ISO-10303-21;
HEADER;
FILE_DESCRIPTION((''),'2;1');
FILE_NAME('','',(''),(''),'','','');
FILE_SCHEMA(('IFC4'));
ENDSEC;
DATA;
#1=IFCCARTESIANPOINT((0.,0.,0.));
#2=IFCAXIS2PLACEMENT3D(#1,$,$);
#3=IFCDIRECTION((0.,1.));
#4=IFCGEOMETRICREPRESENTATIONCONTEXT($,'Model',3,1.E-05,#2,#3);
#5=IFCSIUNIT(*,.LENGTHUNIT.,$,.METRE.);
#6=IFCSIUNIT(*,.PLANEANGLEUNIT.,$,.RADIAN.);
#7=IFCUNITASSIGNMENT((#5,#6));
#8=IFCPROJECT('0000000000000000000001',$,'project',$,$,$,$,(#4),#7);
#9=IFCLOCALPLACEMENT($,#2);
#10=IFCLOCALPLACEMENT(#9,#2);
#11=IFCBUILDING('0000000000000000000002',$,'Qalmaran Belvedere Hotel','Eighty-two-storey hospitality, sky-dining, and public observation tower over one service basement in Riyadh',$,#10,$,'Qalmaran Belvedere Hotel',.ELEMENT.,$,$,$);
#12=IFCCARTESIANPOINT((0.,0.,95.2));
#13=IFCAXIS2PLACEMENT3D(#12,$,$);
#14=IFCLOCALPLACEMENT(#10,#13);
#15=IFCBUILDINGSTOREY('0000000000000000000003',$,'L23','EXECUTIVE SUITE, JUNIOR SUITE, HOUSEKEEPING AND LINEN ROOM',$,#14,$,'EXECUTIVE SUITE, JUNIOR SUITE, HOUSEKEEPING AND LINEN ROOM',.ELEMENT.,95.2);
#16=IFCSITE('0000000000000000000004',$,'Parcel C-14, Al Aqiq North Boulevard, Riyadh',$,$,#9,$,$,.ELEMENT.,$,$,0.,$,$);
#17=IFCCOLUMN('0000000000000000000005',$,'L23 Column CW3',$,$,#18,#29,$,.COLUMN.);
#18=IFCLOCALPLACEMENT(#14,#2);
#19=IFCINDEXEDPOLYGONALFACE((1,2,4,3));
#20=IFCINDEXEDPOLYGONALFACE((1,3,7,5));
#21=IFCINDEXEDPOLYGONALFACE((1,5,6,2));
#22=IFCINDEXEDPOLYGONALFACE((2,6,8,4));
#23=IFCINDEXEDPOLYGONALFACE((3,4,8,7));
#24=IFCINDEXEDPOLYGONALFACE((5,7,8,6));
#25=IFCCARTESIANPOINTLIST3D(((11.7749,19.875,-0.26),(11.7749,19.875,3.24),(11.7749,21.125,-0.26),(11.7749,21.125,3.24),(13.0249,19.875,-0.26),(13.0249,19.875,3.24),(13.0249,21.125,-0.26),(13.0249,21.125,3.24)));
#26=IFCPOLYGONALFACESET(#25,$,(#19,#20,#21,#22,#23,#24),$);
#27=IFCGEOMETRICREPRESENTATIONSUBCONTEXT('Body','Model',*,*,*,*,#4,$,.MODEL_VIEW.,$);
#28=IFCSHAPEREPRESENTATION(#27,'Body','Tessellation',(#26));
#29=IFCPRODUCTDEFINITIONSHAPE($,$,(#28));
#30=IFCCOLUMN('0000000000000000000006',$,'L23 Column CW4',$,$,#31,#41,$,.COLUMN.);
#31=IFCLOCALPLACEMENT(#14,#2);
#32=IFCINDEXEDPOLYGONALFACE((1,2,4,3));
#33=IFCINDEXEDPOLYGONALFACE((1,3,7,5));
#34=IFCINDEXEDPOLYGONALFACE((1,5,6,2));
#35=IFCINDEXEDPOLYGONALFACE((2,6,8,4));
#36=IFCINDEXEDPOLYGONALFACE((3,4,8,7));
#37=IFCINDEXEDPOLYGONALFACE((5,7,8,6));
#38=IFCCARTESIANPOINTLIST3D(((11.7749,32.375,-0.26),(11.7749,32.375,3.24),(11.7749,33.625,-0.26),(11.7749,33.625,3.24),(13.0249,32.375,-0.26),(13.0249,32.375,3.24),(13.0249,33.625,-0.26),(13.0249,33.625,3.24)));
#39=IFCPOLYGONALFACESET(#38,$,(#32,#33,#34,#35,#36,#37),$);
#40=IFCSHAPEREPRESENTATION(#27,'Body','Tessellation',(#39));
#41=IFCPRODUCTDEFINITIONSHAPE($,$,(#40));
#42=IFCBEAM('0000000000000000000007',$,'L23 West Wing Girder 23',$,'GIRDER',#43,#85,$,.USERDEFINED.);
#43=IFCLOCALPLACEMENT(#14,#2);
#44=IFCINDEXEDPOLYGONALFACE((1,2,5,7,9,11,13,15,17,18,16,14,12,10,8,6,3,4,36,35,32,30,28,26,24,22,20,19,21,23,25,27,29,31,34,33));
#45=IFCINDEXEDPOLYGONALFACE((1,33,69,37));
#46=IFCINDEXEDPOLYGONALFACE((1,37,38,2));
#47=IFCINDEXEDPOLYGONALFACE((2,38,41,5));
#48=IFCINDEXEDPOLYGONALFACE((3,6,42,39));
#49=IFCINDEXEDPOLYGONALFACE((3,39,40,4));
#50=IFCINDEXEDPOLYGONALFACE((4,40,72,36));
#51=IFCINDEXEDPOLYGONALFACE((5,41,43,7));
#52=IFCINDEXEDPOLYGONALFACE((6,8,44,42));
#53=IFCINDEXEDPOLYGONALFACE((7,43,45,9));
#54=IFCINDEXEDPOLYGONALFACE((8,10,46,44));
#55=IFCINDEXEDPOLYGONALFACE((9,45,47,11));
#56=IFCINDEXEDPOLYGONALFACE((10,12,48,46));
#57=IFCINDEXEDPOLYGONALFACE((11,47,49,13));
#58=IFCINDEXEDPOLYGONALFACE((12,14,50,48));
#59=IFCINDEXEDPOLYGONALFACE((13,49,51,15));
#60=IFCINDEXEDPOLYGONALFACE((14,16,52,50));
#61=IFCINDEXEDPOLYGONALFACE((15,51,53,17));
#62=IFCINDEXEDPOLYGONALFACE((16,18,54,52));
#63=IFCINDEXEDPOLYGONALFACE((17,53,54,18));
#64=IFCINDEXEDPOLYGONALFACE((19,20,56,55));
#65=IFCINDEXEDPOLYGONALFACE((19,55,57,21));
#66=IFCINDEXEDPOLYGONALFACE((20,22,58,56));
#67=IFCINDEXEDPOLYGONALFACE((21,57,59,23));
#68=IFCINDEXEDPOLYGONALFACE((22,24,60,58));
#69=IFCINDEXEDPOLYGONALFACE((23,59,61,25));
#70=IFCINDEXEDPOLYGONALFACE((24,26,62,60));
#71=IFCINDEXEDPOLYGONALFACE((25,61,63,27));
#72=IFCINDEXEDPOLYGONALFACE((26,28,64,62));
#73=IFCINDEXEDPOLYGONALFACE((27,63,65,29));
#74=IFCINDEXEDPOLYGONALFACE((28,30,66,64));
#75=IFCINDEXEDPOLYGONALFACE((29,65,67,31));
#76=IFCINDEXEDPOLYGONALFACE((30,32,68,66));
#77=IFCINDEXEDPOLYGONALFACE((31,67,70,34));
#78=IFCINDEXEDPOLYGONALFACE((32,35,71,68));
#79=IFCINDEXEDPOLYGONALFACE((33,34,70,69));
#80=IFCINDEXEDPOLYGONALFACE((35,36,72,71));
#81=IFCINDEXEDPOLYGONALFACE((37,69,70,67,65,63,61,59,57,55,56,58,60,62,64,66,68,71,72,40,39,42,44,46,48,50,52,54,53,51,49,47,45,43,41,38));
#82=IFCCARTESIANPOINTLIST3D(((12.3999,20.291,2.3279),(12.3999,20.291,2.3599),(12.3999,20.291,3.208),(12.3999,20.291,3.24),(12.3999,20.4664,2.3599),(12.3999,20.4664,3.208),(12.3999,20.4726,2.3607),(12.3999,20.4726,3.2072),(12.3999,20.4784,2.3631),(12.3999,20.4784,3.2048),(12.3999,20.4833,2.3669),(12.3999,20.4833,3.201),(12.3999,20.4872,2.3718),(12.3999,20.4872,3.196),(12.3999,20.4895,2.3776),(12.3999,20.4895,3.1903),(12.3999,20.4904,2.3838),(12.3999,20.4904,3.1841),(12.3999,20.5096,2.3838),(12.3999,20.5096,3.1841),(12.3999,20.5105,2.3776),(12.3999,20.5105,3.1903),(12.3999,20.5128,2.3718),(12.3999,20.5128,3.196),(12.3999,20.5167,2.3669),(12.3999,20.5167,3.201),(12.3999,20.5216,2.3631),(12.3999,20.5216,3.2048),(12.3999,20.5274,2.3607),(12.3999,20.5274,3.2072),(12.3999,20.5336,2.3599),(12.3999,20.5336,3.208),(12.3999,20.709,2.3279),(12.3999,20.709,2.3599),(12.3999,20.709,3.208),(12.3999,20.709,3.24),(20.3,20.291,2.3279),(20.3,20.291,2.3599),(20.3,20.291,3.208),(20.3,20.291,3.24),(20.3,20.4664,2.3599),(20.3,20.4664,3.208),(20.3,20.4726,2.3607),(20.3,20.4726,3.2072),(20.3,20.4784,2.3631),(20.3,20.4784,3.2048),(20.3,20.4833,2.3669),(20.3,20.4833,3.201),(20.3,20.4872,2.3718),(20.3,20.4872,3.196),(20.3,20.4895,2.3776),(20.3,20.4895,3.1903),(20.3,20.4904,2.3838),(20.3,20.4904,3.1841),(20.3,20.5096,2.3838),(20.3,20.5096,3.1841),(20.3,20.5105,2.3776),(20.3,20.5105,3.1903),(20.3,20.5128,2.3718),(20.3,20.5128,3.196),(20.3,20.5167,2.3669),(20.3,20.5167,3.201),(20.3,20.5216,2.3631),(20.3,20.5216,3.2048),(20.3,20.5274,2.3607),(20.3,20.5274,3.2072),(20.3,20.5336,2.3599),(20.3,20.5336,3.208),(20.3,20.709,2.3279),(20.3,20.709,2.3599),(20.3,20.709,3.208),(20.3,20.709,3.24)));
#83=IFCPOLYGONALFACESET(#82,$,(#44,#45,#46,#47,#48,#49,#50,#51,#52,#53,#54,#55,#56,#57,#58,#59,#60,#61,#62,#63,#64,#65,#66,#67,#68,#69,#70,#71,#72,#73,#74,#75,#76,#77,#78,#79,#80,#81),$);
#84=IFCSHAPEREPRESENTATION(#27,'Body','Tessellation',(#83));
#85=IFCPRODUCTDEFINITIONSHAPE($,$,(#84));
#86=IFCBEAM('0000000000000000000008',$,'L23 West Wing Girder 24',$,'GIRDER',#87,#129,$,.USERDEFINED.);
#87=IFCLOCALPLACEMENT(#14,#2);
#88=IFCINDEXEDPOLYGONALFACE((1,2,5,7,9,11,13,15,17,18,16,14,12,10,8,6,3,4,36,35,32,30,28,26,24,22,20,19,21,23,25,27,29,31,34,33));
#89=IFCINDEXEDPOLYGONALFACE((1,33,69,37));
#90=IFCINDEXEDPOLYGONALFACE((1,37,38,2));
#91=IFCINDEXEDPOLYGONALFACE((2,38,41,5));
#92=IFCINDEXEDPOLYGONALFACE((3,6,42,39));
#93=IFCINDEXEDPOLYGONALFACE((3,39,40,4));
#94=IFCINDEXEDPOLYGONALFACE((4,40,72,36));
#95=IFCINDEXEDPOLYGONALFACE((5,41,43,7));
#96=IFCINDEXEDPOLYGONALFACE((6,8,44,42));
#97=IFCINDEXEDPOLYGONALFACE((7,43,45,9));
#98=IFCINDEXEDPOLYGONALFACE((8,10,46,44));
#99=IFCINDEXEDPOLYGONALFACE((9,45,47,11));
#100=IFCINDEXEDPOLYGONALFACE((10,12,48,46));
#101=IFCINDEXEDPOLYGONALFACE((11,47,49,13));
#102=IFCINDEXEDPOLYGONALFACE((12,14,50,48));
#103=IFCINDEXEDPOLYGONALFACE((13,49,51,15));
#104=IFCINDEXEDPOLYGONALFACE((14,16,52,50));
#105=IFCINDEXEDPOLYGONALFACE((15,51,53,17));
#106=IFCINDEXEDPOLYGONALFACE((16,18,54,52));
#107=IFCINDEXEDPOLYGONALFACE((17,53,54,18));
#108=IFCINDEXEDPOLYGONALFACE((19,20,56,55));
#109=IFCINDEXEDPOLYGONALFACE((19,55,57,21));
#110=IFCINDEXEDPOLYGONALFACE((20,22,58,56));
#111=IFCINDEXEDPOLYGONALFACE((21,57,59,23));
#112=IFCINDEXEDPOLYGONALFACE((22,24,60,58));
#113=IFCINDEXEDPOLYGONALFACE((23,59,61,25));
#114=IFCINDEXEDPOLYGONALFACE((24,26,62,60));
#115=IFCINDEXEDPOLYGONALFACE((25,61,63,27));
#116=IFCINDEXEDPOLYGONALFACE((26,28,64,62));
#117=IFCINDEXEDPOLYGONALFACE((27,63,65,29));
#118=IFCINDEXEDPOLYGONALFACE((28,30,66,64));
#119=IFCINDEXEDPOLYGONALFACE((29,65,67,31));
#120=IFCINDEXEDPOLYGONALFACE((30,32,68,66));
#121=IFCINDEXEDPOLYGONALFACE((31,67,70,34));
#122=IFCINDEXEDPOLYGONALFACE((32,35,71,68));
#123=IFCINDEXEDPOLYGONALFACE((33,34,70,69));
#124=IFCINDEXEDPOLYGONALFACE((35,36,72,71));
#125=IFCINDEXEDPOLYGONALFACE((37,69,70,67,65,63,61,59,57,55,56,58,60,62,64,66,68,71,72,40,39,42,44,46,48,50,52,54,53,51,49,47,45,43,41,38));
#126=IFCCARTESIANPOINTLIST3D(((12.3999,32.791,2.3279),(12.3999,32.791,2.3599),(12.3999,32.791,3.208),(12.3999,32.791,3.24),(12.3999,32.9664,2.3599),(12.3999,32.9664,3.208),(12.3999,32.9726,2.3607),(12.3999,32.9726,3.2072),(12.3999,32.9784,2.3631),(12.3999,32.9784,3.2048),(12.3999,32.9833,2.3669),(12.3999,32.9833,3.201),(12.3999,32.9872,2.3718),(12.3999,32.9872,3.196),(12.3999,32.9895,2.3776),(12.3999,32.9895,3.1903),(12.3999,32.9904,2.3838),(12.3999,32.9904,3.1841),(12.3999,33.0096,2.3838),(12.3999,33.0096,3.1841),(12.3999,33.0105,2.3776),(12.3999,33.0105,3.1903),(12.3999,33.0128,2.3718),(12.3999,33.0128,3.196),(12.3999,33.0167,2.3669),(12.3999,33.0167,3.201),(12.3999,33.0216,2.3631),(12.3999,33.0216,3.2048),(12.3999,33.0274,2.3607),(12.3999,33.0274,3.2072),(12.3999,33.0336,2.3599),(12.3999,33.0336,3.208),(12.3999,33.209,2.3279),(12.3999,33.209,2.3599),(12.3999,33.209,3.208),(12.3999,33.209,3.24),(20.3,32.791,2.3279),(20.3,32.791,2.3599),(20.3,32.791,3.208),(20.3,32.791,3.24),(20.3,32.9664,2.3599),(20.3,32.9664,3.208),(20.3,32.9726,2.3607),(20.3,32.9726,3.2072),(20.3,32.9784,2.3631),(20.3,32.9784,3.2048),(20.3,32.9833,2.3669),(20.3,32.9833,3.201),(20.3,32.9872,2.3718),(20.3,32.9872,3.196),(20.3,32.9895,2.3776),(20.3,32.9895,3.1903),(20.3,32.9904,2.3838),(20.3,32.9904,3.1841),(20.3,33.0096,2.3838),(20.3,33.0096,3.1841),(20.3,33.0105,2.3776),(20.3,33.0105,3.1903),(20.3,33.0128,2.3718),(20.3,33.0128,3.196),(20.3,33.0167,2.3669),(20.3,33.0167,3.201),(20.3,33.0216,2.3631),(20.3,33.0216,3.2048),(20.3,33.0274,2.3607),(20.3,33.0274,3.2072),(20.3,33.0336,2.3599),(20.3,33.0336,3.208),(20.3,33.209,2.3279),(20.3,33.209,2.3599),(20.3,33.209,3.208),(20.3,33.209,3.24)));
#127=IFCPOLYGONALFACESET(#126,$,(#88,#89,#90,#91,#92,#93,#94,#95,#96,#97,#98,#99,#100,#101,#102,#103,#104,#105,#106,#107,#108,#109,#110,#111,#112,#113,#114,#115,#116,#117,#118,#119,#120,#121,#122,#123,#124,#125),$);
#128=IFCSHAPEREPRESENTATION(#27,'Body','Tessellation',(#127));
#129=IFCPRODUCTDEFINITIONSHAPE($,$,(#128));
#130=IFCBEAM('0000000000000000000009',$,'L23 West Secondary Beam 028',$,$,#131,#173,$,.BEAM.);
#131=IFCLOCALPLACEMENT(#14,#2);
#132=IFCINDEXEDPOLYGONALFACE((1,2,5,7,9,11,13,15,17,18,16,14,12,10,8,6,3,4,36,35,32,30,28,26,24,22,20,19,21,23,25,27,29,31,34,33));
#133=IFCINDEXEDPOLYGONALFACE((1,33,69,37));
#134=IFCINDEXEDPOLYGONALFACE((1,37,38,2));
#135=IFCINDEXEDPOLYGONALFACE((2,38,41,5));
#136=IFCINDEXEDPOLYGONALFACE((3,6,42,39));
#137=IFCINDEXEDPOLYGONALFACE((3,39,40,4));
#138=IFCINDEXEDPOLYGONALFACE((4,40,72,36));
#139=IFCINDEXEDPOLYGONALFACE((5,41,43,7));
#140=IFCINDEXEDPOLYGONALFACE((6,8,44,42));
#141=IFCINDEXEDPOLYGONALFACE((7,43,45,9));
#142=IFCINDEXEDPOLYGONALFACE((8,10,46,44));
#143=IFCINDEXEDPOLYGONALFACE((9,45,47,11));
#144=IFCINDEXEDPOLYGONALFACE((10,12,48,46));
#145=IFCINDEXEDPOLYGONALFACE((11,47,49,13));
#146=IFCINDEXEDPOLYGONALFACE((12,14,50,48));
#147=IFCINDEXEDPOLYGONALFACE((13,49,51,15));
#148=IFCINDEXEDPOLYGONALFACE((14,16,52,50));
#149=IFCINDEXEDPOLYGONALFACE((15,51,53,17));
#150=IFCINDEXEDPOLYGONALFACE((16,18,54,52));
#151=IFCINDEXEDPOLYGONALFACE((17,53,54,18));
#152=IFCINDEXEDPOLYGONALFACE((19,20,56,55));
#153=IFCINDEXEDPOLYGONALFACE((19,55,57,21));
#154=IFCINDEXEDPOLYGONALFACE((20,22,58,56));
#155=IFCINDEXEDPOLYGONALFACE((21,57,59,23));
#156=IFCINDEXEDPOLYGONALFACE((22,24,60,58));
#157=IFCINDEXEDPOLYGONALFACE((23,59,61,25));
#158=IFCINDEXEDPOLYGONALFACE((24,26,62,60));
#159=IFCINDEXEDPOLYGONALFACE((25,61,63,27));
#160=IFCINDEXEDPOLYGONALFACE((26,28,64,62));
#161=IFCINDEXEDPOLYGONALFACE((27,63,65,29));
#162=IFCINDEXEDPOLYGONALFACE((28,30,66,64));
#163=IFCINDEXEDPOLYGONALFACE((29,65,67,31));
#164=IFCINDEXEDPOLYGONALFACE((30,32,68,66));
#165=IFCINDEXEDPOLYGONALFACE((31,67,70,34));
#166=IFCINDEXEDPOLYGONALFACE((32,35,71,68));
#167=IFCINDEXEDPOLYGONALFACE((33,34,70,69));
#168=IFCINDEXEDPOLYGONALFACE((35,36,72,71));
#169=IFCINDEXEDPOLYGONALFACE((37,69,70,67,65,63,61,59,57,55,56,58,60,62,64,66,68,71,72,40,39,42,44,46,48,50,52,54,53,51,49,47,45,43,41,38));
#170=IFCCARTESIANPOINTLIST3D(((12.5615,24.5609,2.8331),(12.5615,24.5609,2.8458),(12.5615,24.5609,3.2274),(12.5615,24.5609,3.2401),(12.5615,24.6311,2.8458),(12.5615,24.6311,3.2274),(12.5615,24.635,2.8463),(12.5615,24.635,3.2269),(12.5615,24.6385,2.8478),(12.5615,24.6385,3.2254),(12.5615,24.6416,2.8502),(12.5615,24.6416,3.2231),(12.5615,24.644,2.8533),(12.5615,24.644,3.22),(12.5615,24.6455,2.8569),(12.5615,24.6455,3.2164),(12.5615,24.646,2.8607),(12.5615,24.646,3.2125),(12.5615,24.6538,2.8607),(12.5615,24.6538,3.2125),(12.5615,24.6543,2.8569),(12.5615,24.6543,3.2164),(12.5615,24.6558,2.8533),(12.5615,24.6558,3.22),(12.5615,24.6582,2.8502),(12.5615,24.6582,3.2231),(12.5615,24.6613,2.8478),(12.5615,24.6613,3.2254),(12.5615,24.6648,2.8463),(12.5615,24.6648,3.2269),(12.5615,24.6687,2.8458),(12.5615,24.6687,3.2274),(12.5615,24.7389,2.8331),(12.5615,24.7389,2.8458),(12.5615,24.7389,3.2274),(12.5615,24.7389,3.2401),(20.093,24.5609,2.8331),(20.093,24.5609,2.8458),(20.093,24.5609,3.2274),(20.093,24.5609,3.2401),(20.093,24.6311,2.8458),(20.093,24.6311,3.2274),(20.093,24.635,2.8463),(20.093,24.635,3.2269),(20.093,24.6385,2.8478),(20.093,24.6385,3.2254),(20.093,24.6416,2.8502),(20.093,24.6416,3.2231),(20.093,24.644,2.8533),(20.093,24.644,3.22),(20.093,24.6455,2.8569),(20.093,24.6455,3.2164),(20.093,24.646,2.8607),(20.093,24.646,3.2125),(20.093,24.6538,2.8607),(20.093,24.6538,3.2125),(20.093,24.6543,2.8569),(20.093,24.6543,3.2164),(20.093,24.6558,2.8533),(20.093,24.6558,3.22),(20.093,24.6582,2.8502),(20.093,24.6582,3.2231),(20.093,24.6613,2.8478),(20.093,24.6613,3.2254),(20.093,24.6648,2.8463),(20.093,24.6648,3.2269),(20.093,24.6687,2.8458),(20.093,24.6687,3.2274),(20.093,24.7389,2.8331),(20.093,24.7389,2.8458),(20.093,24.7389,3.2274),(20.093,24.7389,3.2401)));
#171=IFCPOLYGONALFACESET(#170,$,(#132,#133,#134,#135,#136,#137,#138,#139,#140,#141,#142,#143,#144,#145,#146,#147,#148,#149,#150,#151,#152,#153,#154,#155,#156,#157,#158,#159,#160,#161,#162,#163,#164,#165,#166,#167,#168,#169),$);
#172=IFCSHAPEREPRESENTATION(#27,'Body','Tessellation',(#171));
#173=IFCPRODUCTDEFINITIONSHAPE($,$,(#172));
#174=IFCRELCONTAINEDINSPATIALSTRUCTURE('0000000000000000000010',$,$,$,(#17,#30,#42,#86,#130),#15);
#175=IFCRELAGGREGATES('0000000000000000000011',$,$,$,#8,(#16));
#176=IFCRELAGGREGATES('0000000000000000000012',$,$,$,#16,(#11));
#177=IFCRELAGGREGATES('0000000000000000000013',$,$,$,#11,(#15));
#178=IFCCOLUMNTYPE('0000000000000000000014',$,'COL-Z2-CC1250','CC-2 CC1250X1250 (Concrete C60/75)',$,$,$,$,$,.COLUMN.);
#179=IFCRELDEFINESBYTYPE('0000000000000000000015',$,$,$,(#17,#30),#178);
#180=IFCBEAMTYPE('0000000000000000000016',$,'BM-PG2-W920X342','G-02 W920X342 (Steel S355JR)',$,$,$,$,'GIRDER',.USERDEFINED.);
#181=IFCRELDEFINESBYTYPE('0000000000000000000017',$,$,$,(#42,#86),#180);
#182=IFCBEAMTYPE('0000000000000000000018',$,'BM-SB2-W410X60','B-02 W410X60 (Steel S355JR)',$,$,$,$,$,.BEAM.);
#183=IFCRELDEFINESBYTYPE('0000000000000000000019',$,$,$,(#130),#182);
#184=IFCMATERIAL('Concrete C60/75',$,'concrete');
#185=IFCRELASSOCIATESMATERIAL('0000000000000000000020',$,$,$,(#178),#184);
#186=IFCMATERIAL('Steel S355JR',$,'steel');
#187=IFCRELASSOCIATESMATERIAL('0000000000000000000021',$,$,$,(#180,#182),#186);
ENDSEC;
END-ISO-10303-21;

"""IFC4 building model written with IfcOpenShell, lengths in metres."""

from ifc_helpers import new_model, si_unit, direction, frame, origin, origin_2d, place, context, subcontext, project, spatial, rectangle, i_section, extrude, material, material_profile, profile_set, type_object, element, save


model = new_model("IFC4")

# Units and contexts
model_context = context("Model", 3, precision=1e-05, world=origin(), true_north=direction((0.0, 1.0)))
body_context = subcontext(model_context, "Body", "Model", "MODEL_VIEW")
ifc_project = project(units=[si_unit("LENGTHUNIT", "METRE"), si_unit("PLANEANGLEUNIT", "RADIAN")], contexts=[model_context])

# Site, building, storey
site_placement = place(None, origin())
site = spatial("IfcSite", under=ifc_project, at=site_placement, Name="Parcel C-14, Al Aqiq North Boulevard, Riyadh", CompositionType="ELEMENT", RefElevation=0.0)
building_placement = place(site_placement, origin())
building = spatial("IfcBuilding", under=site, at=building_placement, Name="Qalmaran Belvedere Hotel", Description="Eighty-two-storey hospitality, sky-dining, and public observation tower over one service basement in Riyadh", LongName="Qalmaran Belvedere Hotel", CompositionType="ELEMENT")
storey_placement = place(building_placement, frame((0.0, 0.0, 95.2)))
storey = spatial("IfcBuildingStorey", under=building, at=storey_placement, Name="L23", Description="EXECUTIVE SUITE, JUNIOR SUITE, HOUSEKEEPING AND LINEN ROOM", LongName="EXECUTIVE SUITE, JUNIOR SUITE, HOUSEKEEPING AND LINEN ROOM", CompositionType="ELEMENT", Elevation=95.2)

# Columns
ifc_material_1 = material(Name="Concrete C60/75", Category="concrete")
ifc_material_profile_1 = material_profile(ifc_material_1, rectangle(XDim=1.25, YDim=1.25, at=origin_2d()), Name="CC1250X1250")
ifc_profile_set_1 = profile_set([ifc_material_profile_1], Name="Concrete C60/75")
column_type = type_object("IfcColumnType", Name="COL-Z2-CC1250", Description="CC-2 CC1250X1250 (Concrete C60/75)", PredefinedType="COLUMN", material=ifc_profile_set_1)
for number, where, z_axis, x_axis, name in (
    (1, (12.3999, 20.5, -0.26), (0.0, 0.0, 1.0), (1.0, 0.0, 0.0), "L23 Column CW3"),
    (2, (12.3999, 33.0, -0.26), (0.0, 0.0, 1.0), (1.0, 0.0, 0.0), "L23 Column CW4"),
):
    element("IfcColumn", number, at=place(storey_placement, frame(where, z_axis=z_axis, x_axis=x_axis)), inside=storey, type_object=column_type, Name=name, PredefinedType="COLUMN", context=body_context, shape_type="SweptSolid", body=[
        extrude(rectangle(XDim=1.25, YDim=1.25, at=origin_2d()), origin(), (0.0, 0.0, 1.0), 3.5),
    ])

# Beams
ifc_material_2 = material(Name="Steel S355JR", Category="steel")
ifc_material_profile_2 = material_profile(ifc_material_2, i_section(OverallWidth=0.418, OverallDepth=0.9121, WebThickness=0.0193, FlangeThickness=0.032, FilletRadius=0.0239, at=origin_2d()), Name="W920X342")
ifc_profile_set_2 = profile_set([ifc_material_profile_2], Name="Steel S355JR")
beam_type_1 = type_object("IfcBeamType", Name="BM-PG2-W920X342", Description="G-02 W920X342 (Steel S355JR)", ElementType="GIRDER", PredefinedType="USERDEFINED", material=ifc_profile_set_2)
for number, where, z_axis, x_axis, name in (
    (3, (12.3999, 20.5, 2.7839), (1.0, 0.0, 0.0), (0.0, 1.0, 0.0), "L23 West Wing Girder 23"),
    (4, (12.3999, 33.0, 2.7839), (1.0, 0.0, 0.0), (0.0, 1.0, 0.0), "L23 West Wing Girder 24"),
):
    element("IfcBeam", number, at=place(storey_placement, frame(where, z_axis=z_axis, x_axis=x_axis)), inside=storey, type_object=beam_type_1, Name=name, ObjectType="GIRDER", PredefinedType="USERDEFINED", context=body_context, shape_type="SweptSolid", body=[
        extrude(i_section(OverallWidth=0.418, OverallDepth=0.9121, WebThickness=0.0193, FlangeThickness=0.032, FilletRadius=0.0239, at=origin_2d()), origin(), (0.0, 0.0, 1.0), 7.9001),
    ])
ifc_material_profile_3 = material_profile(ifc_material_2, i_section(OverallWidth=0.178, OverallDepth=0.407, WebThickness=0.0078, FlangeThickness=0.0127, FilletRadius=0.0149, at=origin_2d()), Name="W410X60")
ifc_profile_set_3 = profile_set([ifc_material_profile_3], Name="Steel S355JR")
beam_type_2 = type_object("IfcBeamType", Name="BM-SB2-W410X60", Description="B-02 W410X60 (Steel S355JR)", PredefinedType="BEAM", material=ifc_profile_set_3)
for number, where, z_axis, x_axis, name in (
    (5, (12.5615, 24.6499, 3.0366), (1.0, 0.0, 0.0), (0.0, 1.0, 0.0), "L23 West Secondary Beam 028"),
):
    element("IfcBeam", number, at=place(storey_placement, frame(where, z_axis=z_axis, x_axis=x_axis)), inside=storey, type_object=beam_type_2, Name=name, PredefinedType="BEAM", context=body_context, shape_type="SweptSolid", body=[
        extrude(i_section(OverallWidth=0.178, OverallDepth=0.407, WebThickness=0.0078, FlangeThickness=0.0127, FilletRadius=0.0149, at=origin_2d()), origin(), (0.0, 0.0, 1.0), 7.5315),
    ])

save(model, "model.ifc")
